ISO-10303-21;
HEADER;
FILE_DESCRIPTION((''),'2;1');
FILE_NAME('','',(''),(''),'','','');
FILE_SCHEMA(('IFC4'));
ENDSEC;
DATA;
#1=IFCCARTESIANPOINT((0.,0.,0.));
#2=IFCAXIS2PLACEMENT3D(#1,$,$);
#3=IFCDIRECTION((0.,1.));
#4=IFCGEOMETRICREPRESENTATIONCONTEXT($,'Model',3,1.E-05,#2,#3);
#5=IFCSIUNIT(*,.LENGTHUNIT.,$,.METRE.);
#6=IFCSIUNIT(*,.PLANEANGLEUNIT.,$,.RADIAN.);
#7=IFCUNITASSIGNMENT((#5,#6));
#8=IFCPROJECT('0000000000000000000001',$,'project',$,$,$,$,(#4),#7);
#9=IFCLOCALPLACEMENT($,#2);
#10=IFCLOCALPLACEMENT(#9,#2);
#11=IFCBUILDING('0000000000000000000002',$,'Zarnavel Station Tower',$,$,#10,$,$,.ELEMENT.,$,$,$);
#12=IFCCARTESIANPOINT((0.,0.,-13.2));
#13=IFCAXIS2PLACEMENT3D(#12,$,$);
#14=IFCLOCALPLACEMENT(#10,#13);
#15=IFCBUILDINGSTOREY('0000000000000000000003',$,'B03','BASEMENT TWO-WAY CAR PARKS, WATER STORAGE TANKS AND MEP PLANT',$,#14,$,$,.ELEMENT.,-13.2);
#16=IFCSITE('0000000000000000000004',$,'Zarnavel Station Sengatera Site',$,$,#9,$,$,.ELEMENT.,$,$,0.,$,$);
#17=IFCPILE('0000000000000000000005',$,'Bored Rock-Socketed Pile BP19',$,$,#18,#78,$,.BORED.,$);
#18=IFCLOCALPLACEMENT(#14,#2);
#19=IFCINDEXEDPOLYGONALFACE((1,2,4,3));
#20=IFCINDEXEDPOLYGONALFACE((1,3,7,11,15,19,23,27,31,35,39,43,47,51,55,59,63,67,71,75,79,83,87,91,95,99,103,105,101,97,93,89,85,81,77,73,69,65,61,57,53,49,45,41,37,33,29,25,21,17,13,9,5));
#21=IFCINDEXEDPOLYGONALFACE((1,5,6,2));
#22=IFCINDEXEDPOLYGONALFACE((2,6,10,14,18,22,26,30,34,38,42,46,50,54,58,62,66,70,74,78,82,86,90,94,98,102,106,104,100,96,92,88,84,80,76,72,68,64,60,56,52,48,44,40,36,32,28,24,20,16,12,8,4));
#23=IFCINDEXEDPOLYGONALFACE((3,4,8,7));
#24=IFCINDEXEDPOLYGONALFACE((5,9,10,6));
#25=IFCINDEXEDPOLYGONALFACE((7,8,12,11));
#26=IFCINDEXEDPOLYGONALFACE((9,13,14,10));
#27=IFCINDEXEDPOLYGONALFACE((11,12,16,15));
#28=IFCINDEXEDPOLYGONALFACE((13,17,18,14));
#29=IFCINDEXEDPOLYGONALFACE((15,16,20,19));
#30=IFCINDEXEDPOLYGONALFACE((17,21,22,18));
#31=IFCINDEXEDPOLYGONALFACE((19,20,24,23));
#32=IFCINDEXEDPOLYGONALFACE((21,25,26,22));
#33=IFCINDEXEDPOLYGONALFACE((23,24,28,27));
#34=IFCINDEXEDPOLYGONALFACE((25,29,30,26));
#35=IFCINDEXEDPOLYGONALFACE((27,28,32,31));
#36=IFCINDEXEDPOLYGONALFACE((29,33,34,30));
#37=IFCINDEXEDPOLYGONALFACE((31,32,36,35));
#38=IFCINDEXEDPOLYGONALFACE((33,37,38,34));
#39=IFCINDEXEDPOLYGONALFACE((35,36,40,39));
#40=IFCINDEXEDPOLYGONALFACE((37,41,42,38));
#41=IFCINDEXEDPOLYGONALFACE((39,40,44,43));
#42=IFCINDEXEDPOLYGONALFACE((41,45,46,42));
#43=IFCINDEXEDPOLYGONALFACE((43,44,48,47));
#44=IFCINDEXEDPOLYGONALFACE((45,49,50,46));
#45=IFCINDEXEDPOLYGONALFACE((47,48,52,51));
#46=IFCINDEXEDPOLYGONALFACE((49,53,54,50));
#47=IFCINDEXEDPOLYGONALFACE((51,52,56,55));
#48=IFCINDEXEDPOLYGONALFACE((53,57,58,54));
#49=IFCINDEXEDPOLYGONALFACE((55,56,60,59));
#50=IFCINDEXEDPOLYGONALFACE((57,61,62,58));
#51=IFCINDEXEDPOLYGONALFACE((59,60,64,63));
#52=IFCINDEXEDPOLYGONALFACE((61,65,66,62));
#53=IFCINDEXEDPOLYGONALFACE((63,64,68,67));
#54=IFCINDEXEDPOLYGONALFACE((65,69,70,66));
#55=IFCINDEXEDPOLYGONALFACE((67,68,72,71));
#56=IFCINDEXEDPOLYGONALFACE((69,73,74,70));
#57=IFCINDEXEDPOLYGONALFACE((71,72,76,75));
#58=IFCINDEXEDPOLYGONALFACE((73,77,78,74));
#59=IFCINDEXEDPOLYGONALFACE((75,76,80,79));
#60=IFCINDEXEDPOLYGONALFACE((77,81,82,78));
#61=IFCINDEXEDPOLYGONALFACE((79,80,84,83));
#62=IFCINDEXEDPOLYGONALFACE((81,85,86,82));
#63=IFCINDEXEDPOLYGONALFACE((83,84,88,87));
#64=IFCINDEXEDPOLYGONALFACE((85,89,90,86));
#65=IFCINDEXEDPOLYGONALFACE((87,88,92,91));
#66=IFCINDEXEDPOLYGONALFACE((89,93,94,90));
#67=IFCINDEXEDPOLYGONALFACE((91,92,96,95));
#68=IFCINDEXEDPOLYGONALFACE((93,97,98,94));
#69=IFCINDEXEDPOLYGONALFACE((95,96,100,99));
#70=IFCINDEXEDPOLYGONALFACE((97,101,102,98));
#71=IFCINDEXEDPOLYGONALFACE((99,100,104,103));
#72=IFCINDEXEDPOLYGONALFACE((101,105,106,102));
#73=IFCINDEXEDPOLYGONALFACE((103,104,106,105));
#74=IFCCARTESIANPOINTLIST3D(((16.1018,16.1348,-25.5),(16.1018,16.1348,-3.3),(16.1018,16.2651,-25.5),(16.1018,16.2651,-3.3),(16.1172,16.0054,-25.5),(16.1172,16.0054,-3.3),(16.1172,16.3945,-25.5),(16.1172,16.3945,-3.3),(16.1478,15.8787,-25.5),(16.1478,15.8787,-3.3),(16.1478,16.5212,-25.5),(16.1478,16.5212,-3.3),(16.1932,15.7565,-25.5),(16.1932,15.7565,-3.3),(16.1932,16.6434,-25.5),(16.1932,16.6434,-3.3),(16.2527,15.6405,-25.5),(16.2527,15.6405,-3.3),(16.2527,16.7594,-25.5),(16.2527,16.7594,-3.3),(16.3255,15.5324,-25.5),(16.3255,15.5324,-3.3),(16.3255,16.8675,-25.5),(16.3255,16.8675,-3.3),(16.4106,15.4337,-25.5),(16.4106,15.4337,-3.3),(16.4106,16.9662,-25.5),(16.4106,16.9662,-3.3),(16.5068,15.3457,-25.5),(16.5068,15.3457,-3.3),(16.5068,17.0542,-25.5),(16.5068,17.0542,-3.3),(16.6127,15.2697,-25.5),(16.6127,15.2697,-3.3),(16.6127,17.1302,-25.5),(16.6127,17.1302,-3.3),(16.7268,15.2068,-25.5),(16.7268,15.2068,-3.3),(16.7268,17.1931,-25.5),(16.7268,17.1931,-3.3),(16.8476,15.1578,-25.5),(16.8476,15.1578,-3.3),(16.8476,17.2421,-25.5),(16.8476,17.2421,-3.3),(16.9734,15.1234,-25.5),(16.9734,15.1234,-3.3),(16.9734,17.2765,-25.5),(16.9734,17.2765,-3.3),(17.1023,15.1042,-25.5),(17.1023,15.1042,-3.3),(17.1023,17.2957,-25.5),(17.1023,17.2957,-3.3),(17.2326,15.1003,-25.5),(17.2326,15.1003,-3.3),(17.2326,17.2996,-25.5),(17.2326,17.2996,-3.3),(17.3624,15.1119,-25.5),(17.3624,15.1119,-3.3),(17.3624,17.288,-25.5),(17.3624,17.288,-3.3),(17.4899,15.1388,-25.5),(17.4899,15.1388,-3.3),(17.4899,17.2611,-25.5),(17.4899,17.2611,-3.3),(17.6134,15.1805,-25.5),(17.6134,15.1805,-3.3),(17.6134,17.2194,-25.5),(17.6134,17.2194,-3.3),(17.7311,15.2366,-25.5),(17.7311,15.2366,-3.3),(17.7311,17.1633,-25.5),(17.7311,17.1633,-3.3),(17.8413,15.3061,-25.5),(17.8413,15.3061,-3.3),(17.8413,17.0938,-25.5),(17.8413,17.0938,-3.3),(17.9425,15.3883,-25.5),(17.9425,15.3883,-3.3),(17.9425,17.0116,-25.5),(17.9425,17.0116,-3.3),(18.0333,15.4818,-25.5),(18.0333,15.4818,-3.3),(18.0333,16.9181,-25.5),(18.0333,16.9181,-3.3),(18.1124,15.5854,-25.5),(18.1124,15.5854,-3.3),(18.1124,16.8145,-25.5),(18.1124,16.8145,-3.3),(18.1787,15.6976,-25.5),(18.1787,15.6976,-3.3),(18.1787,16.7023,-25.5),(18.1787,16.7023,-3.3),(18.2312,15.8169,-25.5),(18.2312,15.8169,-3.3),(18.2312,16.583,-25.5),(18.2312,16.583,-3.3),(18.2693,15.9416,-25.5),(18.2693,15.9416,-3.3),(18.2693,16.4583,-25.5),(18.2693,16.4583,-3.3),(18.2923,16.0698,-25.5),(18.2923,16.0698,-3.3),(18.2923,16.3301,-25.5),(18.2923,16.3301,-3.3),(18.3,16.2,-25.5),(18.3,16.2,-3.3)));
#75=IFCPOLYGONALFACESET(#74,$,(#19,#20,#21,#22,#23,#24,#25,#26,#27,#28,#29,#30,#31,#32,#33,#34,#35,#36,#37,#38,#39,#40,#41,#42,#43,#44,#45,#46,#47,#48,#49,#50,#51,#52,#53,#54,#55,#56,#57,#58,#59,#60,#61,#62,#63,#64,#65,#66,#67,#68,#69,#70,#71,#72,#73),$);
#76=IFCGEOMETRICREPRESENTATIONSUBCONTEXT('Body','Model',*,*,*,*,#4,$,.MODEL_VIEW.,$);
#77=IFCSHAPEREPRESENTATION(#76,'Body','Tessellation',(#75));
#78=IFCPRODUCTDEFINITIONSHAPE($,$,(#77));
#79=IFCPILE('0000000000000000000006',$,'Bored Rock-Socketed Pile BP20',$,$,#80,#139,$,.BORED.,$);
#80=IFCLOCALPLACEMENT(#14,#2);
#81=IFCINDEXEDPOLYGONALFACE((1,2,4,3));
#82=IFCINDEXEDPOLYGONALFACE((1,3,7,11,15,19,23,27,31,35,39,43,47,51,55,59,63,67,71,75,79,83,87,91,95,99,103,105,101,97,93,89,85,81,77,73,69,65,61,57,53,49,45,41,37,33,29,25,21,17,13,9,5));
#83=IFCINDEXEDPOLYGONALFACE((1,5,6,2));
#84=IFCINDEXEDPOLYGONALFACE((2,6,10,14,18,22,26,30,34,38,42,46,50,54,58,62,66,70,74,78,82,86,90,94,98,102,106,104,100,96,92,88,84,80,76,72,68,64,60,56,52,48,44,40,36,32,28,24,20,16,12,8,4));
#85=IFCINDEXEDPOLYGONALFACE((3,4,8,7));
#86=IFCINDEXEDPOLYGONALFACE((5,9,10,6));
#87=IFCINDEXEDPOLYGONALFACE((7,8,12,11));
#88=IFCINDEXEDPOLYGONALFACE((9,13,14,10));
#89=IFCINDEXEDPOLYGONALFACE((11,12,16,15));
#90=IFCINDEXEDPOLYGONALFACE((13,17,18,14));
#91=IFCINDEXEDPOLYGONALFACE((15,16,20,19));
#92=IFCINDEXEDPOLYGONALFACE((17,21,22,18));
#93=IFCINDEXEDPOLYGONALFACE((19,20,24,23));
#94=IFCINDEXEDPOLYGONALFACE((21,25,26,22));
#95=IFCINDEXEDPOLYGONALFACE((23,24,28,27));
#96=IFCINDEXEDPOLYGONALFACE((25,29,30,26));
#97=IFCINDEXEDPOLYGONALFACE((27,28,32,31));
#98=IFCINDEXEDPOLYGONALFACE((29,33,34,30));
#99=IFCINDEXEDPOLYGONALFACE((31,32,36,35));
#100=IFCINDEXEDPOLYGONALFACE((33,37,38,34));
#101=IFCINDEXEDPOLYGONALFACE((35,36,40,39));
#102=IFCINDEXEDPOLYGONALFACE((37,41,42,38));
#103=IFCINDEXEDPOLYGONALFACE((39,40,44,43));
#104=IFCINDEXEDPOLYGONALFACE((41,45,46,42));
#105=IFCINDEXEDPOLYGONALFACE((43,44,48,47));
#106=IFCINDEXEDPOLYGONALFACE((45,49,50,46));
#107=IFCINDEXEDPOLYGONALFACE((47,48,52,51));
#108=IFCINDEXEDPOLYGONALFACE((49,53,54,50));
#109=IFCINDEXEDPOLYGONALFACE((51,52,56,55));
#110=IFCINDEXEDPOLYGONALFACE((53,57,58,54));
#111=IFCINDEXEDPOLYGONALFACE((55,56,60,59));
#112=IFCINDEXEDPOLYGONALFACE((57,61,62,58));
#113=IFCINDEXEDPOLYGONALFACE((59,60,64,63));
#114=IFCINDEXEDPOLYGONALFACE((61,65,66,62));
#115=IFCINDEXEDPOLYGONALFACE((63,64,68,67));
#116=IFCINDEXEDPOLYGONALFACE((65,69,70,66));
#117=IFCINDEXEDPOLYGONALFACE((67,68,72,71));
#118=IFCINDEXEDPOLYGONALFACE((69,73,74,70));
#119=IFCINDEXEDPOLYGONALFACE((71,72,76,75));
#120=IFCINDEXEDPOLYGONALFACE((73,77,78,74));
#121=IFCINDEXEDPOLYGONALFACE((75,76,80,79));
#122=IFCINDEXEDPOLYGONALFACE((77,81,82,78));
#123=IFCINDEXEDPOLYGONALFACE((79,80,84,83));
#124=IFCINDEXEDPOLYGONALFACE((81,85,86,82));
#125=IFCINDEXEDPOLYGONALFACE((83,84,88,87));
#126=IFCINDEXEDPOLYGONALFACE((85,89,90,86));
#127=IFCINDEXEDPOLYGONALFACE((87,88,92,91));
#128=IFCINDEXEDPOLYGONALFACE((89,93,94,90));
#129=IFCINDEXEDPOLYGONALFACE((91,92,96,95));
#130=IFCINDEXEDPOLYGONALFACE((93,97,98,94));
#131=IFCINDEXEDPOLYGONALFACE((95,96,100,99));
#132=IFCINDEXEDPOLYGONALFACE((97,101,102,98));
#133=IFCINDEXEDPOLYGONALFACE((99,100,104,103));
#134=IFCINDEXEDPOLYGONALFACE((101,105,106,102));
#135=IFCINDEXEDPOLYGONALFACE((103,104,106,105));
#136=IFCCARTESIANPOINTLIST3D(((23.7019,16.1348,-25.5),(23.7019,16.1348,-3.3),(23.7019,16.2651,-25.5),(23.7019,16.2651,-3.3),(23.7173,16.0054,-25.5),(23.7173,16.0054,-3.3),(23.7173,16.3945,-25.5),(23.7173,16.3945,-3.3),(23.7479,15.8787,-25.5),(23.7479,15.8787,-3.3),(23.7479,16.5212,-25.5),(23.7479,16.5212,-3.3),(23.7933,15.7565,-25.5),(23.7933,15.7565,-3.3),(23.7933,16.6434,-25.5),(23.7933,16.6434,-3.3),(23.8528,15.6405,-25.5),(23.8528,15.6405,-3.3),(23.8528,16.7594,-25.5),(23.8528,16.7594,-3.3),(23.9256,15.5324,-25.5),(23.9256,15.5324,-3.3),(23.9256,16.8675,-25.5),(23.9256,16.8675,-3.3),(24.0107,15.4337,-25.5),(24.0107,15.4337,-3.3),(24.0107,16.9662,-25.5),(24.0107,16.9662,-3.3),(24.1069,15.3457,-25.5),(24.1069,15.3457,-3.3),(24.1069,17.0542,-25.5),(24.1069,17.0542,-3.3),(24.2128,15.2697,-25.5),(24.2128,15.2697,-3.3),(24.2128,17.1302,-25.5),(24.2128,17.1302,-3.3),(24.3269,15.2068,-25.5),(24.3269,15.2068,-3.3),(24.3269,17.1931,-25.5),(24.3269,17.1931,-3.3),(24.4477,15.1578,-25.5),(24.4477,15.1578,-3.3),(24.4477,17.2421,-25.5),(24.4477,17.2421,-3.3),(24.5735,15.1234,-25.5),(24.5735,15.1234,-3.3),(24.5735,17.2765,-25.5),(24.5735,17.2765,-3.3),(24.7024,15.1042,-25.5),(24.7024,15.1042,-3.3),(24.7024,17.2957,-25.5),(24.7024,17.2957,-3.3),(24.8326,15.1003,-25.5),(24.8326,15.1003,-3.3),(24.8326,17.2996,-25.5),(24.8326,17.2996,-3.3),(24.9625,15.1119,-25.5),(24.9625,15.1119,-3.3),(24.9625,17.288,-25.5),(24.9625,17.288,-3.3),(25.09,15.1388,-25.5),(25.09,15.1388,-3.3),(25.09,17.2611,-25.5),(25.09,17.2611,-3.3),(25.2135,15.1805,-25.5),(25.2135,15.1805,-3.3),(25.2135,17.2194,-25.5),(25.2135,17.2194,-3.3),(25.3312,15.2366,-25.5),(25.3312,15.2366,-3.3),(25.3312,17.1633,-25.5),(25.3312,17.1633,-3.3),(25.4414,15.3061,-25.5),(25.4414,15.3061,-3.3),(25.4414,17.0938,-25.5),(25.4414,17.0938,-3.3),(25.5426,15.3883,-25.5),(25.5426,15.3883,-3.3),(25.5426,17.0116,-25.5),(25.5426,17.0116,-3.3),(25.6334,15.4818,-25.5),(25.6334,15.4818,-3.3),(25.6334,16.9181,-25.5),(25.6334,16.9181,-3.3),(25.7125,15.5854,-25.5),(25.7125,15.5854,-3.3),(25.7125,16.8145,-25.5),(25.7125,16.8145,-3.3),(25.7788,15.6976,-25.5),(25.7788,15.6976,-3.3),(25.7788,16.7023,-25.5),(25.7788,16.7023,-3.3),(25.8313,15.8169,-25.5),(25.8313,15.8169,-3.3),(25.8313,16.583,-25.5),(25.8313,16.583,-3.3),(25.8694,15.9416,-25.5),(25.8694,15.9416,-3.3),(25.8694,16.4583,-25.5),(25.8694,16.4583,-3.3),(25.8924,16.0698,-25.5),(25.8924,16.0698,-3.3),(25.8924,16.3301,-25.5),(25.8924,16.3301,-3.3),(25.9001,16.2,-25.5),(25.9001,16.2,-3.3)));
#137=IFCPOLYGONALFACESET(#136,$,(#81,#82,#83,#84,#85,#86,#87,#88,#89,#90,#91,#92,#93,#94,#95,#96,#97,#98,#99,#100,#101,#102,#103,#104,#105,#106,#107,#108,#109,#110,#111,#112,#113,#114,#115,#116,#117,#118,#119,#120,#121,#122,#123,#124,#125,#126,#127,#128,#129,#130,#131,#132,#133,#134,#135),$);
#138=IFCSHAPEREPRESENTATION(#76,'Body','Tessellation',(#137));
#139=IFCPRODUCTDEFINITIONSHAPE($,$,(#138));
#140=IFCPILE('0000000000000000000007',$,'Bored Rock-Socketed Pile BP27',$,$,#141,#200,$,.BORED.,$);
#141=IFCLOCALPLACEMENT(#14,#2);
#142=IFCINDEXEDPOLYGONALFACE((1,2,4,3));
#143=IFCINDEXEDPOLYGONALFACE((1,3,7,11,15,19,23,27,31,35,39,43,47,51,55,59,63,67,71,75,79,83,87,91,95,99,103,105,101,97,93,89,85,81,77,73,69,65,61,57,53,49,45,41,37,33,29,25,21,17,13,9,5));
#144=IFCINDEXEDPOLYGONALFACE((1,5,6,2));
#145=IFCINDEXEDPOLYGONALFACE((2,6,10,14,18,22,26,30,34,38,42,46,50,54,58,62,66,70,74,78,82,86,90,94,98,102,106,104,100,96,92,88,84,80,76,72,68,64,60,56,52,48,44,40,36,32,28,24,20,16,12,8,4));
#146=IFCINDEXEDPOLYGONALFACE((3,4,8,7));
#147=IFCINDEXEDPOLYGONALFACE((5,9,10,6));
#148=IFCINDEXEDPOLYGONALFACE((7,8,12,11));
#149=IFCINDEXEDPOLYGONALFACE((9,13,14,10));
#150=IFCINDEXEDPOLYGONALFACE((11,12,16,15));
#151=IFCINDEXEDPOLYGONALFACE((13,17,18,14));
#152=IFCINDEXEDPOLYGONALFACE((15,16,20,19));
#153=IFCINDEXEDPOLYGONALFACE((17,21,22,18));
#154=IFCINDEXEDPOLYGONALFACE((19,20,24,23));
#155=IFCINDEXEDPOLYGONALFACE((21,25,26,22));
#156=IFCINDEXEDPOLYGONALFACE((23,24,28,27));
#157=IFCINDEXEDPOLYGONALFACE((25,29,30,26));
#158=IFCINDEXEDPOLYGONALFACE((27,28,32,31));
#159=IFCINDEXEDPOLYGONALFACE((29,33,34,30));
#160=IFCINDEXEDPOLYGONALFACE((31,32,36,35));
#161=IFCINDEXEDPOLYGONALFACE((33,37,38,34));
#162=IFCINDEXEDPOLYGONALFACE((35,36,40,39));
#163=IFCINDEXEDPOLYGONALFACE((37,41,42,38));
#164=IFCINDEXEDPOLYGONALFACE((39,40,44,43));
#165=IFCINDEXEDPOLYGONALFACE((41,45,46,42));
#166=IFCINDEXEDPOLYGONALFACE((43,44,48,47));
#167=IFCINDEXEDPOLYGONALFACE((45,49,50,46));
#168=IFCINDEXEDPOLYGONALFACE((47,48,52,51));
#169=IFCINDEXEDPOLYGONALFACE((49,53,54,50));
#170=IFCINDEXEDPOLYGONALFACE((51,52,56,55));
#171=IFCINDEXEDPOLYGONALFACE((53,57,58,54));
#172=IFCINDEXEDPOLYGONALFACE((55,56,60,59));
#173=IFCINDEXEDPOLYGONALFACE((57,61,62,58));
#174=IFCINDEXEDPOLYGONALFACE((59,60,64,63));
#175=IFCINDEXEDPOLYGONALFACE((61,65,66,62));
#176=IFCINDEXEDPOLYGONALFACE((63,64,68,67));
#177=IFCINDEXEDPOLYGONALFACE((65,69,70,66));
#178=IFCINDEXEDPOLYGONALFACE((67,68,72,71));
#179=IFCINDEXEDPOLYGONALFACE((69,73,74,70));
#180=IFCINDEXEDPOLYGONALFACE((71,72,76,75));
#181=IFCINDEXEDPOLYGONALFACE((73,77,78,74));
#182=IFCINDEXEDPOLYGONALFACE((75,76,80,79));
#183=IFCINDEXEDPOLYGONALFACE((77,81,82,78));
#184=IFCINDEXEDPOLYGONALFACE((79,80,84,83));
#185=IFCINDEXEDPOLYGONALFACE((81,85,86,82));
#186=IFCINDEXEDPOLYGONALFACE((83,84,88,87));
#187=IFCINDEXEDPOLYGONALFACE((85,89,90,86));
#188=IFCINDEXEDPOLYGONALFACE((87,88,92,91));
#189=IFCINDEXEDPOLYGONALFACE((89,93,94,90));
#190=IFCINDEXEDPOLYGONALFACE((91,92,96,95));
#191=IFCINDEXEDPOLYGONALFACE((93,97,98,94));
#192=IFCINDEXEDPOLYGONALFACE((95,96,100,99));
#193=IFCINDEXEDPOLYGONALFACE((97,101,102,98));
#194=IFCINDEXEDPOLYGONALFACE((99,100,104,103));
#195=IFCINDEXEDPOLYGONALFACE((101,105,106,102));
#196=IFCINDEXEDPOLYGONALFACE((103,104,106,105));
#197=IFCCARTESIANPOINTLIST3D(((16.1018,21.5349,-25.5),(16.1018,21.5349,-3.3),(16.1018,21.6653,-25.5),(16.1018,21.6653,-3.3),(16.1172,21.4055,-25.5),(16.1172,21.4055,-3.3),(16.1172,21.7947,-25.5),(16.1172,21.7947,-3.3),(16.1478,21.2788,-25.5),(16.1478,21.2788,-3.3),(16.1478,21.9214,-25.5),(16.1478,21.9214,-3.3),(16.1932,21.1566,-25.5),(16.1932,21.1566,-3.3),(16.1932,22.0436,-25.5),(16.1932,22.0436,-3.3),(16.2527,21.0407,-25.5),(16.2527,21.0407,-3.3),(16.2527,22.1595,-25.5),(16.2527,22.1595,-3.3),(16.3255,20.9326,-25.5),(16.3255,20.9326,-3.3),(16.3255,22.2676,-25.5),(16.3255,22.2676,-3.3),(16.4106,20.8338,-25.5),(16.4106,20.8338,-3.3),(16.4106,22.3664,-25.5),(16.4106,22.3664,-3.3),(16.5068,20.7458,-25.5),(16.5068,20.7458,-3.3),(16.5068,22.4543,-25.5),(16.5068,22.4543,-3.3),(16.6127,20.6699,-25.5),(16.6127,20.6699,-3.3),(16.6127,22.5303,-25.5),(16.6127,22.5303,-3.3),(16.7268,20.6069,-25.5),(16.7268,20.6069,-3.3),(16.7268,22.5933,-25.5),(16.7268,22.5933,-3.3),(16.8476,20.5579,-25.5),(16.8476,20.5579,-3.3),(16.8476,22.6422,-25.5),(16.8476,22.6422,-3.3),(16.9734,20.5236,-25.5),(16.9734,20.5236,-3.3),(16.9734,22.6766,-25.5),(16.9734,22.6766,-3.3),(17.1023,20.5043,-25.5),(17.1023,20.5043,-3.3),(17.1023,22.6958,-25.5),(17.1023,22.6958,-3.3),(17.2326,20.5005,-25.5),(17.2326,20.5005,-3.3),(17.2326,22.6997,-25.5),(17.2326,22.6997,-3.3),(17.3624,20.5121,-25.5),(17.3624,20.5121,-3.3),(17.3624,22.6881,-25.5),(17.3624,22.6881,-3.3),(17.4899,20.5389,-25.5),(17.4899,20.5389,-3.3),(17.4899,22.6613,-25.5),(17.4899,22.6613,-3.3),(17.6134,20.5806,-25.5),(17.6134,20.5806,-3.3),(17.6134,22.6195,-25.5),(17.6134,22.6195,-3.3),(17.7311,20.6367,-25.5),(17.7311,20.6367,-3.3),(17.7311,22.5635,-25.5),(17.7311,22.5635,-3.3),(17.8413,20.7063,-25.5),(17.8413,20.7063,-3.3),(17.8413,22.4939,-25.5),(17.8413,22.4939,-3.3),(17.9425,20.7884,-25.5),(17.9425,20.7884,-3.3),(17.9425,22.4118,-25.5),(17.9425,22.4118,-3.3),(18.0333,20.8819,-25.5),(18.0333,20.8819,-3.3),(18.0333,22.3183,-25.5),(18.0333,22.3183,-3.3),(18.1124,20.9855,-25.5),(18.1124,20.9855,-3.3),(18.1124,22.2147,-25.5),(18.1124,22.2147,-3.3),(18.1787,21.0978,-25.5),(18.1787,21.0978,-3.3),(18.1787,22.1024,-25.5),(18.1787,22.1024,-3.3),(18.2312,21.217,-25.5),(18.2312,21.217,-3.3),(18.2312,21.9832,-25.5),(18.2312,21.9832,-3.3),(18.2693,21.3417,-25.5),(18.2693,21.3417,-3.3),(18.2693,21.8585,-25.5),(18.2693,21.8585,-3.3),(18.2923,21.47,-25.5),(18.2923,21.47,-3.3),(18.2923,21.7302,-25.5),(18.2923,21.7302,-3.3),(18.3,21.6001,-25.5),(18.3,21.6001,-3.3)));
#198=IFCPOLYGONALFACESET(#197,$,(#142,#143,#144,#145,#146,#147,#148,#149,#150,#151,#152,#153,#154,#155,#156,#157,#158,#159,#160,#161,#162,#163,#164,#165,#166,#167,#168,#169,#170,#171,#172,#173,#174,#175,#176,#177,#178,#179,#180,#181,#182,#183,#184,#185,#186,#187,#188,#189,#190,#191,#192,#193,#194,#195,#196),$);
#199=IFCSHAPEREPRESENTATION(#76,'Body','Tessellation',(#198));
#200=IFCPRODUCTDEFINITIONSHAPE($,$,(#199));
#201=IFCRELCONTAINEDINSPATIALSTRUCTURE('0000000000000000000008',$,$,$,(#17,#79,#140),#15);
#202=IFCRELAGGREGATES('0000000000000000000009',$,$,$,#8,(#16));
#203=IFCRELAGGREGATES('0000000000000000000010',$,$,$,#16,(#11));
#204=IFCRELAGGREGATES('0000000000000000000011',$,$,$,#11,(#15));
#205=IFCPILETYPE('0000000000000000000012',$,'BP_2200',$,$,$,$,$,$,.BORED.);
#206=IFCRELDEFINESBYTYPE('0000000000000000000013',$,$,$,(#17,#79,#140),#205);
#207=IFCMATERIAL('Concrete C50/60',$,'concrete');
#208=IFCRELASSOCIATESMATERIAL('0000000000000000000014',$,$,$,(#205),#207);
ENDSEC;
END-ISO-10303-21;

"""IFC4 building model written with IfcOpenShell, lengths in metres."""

from ifc_helpers import new_model, si_unit, direction, frame, origin, origin_2d, place, context, subcontext, project, spatial, circle, extrude, material, material_profile, profile_set, type_object, element, save


model = new_model("IFC4")

# Units and contexts
model_context = context("Model", 3, precision=1e-05, world=origin(), true_north=direction((0.0, 1.0)))
body_context = subcontext(model_context, "Body", "Model", "MODEL_VIEW")
ifc_project = project(units=[si_unit("LENGTHUNIT", "METRE"), si_unit("PLANEANGLEUNIT", "RADIAN")], contexts=[model_context])

# Site, building, storey
site_placement = place(None, origin())
site = spatial("IfcSite", under=ifc_project, at=site_placement, Name="Zarnavel Station Sengatera Site", CompositionType="ELEMENT", RefElevation=0.0)
building_placement = place(site_placement, origin())
building = spatial("IfcBuilding", under=site, at=building_placement, Name="Zarnavel Station Tower", CompositionType="ELEMENT")
storey_placement = place(building_placement, frame((0.0, 0.0, -13.2)))
storey = spatial("IfcBuildingStorey", under=building, at=storey_placement, Name="B03", Description="BASEMENT TWO-WAY CAR PARKS, WATER STORAGE TANKS AND MEP PLANT", CompositionType="ELEMENT", Elevation=-13.2)

# Piles
ifc_material_1 = material(Name="Concrete C50/60", Category="concrete")
ifc_material_profile_1 = material_profile(ifc_material_1, circle(Radius=1.1001, at=origin_2d()), Name="PILE2200")
ifc_profile_set_1 = profile_set([ifc_material_profile_1], Name="Concrete C50/60")
pile_type = type_object("IfcPileType", Name="BP_2200", PredefinedType="BORED", material=ifc_profile_set_1)
for number, where, z_axis, x_axis, name in (
    (1, (17.2, 16.2, -3.3), (0.0, 0.0, -1.0), (1.0, 0.0, 0.0), "Bored Rock-Socketed Pile BP19"),
    (2, (24.8, 16.2, -3.3), (0.0, 0.0, -1.0), (1.0, 0.0, 0.0), "Bored Rock-Socketed Pile BP20"),
    (3, (17.2, 21.6001, -3.3), (0.0, 0.0, -1.0), (1.0, 0.0, 0.0), "Bored Rock-Socketed Pile BP27"),
):
    element("IfcPile", number, at=place(storey_placement, frame(where, z_axis=z_axis, x_axis=x_axis)), inside=storey, type_object=pile_type, Name=name, PredefinedType="BORED", context=body_context, shape_type="SweptSolid", body=[
        extrude(circle(Radius=1.1001, at=origin_2d()), origin(), (0.0, 0.0, 1.0), 22.2),
    ])

save(model, "model.ifc")
